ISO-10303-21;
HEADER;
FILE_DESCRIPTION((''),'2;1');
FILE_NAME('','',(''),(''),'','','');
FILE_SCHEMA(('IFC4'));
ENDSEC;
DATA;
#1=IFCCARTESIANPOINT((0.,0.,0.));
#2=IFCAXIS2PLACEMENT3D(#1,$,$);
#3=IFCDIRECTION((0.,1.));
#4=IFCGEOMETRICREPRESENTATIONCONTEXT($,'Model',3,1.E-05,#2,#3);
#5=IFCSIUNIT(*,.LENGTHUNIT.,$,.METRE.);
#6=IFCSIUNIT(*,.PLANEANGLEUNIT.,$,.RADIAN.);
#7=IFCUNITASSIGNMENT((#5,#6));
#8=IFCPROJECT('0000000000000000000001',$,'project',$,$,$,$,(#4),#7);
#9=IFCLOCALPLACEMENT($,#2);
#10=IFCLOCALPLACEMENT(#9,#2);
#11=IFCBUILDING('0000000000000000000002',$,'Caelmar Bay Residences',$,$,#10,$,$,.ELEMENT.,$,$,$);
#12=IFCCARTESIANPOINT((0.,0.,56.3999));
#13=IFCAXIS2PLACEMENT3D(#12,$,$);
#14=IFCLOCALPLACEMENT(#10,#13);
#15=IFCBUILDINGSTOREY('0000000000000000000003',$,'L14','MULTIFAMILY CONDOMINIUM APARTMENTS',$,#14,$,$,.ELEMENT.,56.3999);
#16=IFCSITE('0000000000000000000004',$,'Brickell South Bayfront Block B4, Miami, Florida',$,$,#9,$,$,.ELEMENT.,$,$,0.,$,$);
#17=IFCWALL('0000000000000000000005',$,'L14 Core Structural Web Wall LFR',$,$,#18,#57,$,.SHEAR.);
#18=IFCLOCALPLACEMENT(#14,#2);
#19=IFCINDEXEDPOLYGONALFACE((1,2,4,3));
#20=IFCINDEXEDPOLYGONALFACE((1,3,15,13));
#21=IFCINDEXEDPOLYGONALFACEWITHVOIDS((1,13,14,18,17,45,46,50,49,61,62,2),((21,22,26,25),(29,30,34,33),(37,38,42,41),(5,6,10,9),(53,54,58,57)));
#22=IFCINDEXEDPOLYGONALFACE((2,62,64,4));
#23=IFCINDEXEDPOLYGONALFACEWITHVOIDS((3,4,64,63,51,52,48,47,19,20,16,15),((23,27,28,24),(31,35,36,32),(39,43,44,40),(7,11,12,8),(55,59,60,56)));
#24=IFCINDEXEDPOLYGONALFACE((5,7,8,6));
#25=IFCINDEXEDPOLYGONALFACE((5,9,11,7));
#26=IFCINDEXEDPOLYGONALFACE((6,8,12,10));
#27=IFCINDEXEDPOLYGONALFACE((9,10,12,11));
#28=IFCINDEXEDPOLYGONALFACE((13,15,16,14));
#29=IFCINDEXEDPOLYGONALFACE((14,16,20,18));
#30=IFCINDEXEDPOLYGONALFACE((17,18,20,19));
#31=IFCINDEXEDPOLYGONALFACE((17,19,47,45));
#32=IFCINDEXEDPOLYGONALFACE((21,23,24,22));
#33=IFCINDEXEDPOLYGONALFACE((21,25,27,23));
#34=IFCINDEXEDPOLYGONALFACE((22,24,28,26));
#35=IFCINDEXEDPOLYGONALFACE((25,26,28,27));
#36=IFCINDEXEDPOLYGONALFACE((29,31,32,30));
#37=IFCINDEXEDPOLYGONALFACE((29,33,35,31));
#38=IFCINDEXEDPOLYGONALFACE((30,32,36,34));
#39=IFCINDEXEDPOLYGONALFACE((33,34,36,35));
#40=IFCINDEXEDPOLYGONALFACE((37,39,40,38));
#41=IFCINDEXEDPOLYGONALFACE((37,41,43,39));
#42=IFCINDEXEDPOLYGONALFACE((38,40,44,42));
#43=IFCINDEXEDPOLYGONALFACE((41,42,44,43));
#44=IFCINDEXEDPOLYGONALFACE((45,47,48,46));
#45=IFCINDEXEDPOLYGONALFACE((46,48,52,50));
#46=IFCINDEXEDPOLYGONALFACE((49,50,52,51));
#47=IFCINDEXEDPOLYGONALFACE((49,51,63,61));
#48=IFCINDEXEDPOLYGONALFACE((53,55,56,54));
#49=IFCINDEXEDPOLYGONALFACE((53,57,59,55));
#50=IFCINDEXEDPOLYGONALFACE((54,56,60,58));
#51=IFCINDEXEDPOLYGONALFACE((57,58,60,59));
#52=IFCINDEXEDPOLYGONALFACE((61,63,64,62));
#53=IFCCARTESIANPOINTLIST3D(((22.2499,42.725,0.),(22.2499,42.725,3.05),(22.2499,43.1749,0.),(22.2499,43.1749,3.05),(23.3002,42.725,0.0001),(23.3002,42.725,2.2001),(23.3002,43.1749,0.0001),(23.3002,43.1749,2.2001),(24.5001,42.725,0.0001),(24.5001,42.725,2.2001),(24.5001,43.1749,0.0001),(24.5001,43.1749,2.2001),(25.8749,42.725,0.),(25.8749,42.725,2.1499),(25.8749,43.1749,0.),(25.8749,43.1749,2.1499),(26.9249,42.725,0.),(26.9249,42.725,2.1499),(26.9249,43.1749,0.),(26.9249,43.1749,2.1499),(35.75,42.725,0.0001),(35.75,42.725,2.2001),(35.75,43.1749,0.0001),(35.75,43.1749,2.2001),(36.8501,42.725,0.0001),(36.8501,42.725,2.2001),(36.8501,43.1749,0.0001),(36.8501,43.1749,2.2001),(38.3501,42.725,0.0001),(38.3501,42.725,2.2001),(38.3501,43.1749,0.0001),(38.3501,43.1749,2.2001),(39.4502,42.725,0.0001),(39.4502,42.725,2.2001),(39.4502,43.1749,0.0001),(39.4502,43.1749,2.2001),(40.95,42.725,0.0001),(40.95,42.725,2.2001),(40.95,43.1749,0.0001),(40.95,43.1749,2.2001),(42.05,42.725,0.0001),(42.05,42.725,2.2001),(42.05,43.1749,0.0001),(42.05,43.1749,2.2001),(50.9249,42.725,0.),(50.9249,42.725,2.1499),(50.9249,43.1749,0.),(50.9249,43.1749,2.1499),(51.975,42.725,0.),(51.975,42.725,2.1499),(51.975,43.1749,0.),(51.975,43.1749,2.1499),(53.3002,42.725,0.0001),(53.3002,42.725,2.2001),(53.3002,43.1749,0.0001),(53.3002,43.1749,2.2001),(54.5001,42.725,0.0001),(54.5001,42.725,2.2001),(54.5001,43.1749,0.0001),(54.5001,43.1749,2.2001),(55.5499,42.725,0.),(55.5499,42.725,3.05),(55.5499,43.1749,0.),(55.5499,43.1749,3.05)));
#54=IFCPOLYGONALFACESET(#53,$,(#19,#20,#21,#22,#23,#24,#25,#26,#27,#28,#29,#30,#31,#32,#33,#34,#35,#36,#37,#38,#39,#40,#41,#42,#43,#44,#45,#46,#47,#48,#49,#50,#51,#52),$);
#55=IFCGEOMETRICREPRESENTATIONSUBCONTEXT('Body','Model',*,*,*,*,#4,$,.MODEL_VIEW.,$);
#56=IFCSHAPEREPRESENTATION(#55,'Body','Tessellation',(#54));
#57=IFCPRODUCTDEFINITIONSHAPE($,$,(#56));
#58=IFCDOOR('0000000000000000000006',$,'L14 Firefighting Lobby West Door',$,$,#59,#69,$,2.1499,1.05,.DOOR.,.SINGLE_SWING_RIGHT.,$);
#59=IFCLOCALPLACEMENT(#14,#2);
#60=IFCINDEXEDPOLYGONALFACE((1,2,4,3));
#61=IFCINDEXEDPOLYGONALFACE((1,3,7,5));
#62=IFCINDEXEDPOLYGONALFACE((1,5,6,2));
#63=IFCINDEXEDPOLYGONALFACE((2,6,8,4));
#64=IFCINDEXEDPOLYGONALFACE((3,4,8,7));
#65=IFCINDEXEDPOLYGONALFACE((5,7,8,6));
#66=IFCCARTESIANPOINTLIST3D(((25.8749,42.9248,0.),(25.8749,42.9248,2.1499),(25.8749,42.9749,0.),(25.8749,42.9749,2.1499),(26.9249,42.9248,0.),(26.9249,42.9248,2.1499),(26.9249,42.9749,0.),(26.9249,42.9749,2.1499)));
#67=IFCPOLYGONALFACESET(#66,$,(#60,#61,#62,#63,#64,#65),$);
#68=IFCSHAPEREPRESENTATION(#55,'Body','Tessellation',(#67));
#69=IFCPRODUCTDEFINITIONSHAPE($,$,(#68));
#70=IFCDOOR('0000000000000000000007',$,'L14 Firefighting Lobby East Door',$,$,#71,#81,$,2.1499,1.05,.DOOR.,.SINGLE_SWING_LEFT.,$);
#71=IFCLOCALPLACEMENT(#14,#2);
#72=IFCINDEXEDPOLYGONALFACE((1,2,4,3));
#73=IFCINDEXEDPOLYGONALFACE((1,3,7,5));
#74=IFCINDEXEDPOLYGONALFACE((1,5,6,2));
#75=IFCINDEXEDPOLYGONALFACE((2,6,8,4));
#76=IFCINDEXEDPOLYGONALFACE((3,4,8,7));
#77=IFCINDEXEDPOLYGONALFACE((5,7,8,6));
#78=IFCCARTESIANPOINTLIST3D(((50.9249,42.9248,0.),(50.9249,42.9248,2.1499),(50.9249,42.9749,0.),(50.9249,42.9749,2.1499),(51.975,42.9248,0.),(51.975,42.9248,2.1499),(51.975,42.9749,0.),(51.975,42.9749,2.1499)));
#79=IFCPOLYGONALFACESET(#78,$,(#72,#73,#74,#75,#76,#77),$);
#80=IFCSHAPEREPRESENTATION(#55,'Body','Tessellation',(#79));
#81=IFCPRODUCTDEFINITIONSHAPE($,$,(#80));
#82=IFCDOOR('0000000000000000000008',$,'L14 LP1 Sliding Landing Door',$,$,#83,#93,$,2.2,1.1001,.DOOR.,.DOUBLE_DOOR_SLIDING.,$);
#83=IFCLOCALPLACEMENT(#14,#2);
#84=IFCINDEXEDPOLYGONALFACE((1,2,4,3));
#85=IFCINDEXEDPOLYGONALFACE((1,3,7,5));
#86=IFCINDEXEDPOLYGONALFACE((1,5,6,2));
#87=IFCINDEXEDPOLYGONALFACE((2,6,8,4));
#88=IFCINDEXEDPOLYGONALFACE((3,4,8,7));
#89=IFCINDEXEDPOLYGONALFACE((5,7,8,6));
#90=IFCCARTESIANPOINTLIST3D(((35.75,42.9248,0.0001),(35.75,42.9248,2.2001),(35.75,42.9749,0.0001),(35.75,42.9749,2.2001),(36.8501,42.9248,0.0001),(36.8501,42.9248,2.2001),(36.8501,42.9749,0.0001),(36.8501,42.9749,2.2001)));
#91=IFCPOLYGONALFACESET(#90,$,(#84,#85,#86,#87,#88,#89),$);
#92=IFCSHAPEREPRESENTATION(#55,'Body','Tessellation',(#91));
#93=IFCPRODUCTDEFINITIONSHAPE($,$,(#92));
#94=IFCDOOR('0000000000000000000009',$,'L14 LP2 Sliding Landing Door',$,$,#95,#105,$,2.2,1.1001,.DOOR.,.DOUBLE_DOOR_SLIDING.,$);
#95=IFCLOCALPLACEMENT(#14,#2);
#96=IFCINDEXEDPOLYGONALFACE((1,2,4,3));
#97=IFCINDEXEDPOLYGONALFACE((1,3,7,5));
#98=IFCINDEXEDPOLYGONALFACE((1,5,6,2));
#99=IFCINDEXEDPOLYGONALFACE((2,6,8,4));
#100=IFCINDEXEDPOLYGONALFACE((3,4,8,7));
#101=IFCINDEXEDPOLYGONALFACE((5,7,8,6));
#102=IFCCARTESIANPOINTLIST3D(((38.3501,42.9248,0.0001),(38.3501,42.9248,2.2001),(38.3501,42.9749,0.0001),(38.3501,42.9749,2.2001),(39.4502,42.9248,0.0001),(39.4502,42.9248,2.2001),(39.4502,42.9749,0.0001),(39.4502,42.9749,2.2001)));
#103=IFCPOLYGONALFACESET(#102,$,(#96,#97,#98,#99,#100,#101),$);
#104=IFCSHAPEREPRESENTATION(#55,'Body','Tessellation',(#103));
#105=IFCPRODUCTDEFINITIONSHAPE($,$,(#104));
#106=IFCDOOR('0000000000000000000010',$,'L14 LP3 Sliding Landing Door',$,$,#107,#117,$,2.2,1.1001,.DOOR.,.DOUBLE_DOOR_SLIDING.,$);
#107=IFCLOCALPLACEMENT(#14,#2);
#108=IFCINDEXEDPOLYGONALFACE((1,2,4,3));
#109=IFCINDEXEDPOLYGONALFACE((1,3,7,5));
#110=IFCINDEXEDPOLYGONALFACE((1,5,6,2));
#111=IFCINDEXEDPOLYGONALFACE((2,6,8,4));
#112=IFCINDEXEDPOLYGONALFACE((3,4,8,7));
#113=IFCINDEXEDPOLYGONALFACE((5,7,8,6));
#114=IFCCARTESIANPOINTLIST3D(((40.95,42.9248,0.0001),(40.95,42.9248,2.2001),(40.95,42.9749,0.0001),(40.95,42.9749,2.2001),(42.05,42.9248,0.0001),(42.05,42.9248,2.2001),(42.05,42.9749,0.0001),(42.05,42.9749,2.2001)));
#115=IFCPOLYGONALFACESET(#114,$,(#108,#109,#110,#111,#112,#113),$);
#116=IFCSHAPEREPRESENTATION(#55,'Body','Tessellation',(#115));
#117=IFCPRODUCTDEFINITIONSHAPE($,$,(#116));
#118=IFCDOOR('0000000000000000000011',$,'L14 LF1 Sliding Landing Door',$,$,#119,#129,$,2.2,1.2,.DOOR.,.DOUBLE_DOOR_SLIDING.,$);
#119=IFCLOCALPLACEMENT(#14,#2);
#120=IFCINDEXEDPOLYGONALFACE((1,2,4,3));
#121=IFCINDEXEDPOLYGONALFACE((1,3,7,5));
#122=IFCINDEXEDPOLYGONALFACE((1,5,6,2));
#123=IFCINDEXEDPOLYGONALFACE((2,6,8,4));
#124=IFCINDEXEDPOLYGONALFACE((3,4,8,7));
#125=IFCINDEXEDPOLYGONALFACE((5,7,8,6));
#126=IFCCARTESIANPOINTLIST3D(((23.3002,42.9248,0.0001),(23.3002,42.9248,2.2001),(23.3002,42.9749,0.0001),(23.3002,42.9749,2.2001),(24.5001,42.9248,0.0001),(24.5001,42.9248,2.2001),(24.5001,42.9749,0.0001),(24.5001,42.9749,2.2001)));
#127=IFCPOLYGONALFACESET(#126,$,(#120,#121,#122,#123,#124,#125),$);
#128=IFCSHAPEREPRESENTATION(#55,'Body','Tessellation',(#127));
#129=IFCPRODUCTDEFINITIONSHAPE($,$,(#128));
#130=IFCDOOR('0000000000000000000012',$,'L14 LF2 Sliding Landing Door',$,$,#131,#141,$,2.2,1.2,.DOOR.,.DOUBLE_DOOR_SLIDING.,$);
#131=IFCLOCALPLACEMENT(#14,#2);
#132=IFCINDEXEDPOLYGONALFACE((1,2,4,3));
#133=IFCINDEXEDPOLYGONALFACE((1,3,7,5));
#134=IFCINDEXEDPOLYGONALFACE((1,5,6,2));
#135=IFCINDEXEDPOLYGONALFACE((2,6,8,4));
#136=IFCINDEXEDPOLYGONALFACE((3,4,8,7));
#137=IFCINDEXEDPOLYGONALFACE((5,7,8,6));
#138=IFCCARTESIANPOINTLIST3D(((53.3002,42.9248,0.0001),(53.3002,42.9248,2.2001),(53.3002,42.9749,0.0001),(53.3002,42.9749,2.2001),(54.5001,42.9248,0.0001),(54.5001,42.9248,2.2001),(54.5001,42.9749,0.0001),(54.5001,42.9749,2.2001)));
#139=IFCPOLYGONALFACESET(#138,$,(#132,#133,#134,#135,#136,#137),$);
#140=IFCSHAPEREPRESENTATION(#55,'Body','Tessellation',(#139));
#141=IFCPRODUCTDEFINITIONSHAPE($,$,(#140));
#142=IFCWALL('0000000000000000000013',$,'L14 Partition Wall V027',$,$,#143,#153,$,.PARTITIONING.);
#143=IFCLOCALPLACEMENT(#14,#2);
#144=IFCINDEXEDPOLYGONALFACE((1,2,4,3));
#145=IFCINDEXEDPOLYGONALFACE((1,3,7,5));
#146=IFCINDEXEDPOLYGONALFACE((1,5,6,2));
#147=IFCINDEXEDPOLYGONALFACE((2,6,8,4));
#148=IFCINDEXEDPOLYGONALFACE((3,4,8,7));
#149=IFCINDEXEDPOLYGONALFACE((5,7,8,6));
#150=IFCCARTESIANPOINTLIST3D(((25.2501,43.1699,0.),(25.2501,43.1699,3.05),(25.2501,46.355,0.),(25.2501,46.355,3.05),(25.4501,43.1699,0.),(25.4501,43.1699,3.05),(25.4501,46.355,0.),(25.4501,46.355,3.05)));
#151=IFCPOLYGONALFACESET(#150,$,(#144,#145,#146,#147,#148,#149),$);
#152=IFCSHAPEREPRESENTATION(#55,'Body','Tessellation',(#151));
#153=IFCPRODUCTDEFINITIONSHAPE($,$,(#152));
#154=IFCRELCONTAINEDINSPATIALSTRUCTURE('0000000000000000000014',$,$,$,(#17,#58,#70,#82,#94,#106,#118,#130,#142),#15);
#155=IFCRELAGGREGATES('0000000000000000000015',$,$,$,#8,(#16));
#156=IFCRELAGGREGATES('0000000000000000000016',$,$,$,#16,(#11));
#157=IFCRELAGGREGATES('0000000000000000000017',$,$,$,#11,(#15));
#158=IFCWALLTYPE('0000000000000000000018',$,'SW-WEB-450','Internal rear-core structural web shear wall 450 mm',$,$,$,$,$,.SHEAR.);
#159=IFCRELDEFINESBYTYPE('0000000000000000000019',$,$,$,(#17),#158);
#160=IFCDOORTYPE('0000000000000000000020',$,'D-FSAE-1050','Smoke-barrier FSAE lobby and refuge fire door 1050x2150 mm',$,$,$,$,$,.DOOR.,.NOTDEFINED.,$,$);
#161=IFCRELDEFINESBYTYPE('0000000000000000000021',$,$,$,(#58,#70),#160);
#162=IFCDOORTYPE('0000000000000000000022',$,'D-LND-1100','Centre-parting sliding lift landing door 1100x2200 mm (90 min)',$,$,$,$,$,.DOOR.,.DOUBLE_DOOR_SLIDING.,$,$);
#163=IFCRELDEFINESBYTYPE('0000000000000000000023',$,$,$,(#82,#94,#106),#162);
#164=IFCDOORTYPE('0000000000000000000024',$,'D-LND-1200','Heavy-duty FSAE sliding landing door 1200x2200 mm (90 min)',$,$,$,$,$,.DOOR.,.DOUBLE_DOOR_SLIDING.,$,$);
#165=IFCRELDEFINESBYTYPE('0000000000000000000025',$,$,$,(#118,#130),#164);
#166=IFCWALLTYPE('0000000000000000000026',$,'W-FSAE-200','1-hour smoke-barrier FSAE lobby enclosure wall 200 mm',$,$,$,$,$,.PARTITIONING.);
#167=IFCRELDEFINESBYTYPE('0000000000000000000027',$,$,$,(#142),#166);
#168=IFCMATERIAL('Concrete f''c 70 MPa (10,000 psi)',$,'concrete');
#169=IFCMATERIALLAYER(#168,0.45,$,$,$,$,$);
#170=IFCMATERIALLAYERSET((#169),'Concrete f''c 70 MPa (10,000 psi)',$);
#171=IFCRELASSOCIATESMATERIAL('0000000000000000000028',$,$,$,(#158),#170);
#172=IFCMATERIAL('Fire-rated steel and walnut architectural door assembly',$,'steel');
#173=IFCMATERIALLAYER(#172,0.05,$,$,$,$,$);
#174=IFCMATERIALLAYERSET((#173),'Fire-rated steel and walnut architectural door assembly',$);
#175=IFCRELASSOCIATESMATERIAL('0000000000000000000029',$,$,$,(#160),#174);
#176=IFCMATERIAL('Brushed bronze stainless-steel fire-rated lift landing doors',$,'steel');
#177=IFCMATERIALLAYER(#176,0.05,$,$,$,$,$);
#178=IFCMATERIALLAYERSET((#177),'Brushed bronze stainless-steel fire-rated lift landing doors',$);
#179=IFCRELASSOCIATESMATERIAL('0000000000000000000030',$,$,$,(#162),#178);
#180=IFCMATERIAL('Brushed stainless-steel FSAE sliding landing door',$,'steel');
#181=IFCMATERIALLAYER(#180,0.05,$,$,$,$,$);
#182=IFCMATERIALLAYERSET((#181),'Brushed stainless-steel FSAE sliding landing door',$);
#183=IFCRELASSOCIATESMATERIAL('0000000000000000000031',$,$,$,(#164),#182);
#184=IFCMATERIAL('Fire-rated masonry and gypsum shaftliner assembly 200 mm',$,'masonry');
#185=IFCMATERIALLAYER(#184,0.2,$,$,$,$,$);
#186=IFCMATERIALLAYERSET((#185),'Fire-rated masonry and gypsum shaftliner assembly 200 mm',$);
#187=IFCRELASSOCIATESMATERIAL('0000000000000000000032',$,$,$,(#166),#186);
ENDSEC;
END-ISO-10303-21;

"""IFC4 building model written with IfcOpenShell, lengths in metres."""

from ifc_helpers import new_model, si_unit, direction, frame, frame_2d, origin, place, context, subcontext, project, spatial, rectangle, extrude, material, layer, layer_set, type_object, element, fill, save


model = new_model("IFC4")

# Units and contexts
model_context = context("Model", 3, precision=1e-05, world=origin(), true_north=direction((0.0, 1.0)))
body_context = subcontext(model_context, "Body", "Model", "MODEL_VIEW")
ifc_project = project(units=[si_unit("LENGTHUNIT", "METRE"), si_unit("PLANEANGLEUNIT", "RADIAN")], contexts=[model_context])

# Site, building, storey
site_placement = place(None, origin())
site = spatial("IfcSite", under=ifc_project, at=site_placement, Name="Brickell South Bayfront Block B4, Miami, Florida", CompositionType="ELEMENT", RefElevation=0.0)
building_placement = place(site_placement, origin())
building = spatial("IfcBuilding", under=site, at=building_placement, Name="Caelmar Bay Residences", CompositionType="ELEMENT")
storey_placement = place(building_placement, frame((0.0, 0.0, 56.3999)))
storey = spatial("IfcBuildingStorey", under=building, at=storey_placement, Name="L14", Description="MULTIFAMILY CONDOMINIUM APARTMENTS", CompositionType="ELEMENT", Elevation=56.3999)

# Shared definitions
ifc_material_1 = material(Name="Concrete f'c 70 MPa (10,000 psi)", Category="concrete")
ifc_layer_1 = layer(ifc_material_1, 0.45)
ifc_layer_set_1 = layer_set([ifc_layer_1], Name="Concrete f'c 70 MPa (10,000 psi)")
wall_type_1 = type_object("IfcWallType", Name="SW-WEB-450", Description="Internal rear-core structural web shear wall 450 mm", PredefinedType="SHEAR", material=ifc_layer_set_1)

# Wall, openings, doors
wall_1_placement = place(storey_placement, frame((22.25, 42.95, 0.0), z_axis=(0.0, 0.0, 1.0), x_axis=(1.0, 0.0, 0.0)))
wall_1 = element("IfcWall", 1, at=wall_1_placement, inside=storey, type_object=wall_type_1, Name="L14 Core Structural Web Wall LFR", PredefinedType="SHEAR", context=body_context, shape_type="SweptSolid", body=[
    extrude(rectangle(XDim=33.3, YDim=0.45, at=frame_2d((16.6499, 0.0))), origin(), (0.0, 0.0, 1.0), 3.05),
])
opening_1_placement = place(wall_1_placement, frame((1.05, 0.0, 0.0)))
opening_1 = element("IfcOpeningElement", 2, at=opening_1_placement, cuts=wall_1, PredefinedType="OPENING", context=body_context, shape_type="SweptSolid", body=[
    extrude(rectangle(XDim=1.2, YDim=2.2, at=frame_2d((0.6001, 1.1001))), frame((0.0, 0.2349, 0.0), z_axis=(0.0, -1.0, 0.0), x_axis=(1.0, 0.0, 0.0)), (0.0, 0.0, 1.0), 0.47),
])
opening_2_placement = place(wall_1_placement, frame((31.05, 0.0, 0.0)))
opening_2 = element("IfcOpeningElement", 3, at=opening_2_placement, cuts=wall_1, PredefinedType="OPENING", context=body_context, shape_type="SweptSolid", body=[
    extrude(rectangle(XDim=1.2, YDim=2.2, at=frame_2d((0.6001, 1.1001))), frame((0.0, 0.2349, 0.0), z_axis=(0.0, -1.0, 0.0), x_axis=(1.0, 0.0, 0.0)), (0.0, 0.0, 1.0), 0.47),
])
opening_3_placement = place(wall_1_placement, frame((13.5, 0.0, 0.0)))
opening_3 = element("IfcOpeningElement", 4, at=opening_3_placement, cuts=wall_1, PredefinedType="OPENING", context=body_context, shape_type="SweptSolid", body=[
    extrude(rectangle(XDim=1.1001, YDim=2.2, at=frame_2d((0.55, 1.1001))), frame((0.0, 0.2349, 0.0), z_axis=(0.0, -1.0, 0.0), x_axis=(1.0, 0.0, 0.0)), (0.0, 0.0, 1.0), 0.47),
])
opening_4_placement = place(wall_1_placement, frame((16.1001, 0.0, 0.0)))
opening_4 = element("IfcOpeningElement", 5, at=opening_4_placement, cuts=wall_1, PredefinedType="OPENING", context=body_context, shape_type="SweptSolid", body=[
    extrude(rectangle(XDim=1.1001, YDim=2.2, at=frame_2d((0.55, 1.1001))), frame((0.0, 0.2349, 0.0), z_axis=(0.0, -1.0, 0.0), x_axis=(1.0, 0.0, 0.0)), (0.0, 0.0, 1.0), 0.47),
])
opening_5_placement = place(wall_1_placement, frame((18.7, 0.0, 0.0)))
opening_5 = element("IfcOpeningElement", 6, at=opening_5_placement, cuts=wall_1, PredefinedType="OPENING", context=body_context, shape_type="SweptSolid", body=[
    extrude(rectangle(XDim=1.1001, YDim=2.2, at=frame_2d((0.55, 1.1001))), frame((0.0, 0.2349, 0.0), z_axis=(0.0, -1.0, 0.0), x_axis=(1.0, 0.0, 0.0)), (0.0, 0.0, 1.0), 0.47),
])
opening_6_placement = place(wall_1_placement, frame((3.625, 0.0, 0.0)))
opening_6 = element("IfcOpeningElement", 7, at=opening_6_placement, cuts=wall_1, PredefinedType="OPENING", context=body_context, shape_type="SweptSolid", body=[
    extrude(rectangle(XDim=1.05, YDim=2.1499, at=frame_2d((0.5249, 1.075))), frame((0.0, 0.2349, 0.0), z_axis=(0.0, -1.0, 0.0), x_axis=(1.0, 0.0, 0.0)), (0.0, 0.0, 1.0), 0.47),
])
opening_7_placement = place(wall_1_placement, frame((28.675, 0.0, 0.0)))
opening_7 = element("IfcOpeningElement", 8, at=opening_7_placement, cuts=wall_1, PredefinedType="OPENING", context=body_context, shape_type="SweptSolid", body=[
    extrude(rectangle(XDim=1.05, YDim=2.1499, at=frame_2d((0.5249, 1.075))), frame((0.0, 0.2349, 0.0), z_axis=(0.0, -1.0, 0.0), x_axis=(1.0, 0.0, 0.0)), (0.0, 0.0, 1.0), 0.47),
])
ifc_material_2 = material(Name="Fire-rated steel and walnut architectural door assembly", Category="steel")
ifc_layer_2 = layer(ifc_material_2, 0.05)
ifc_layer_set_2 = layer_set([ifc_layer_2], Name="Fire-rated steel and walnut architectural door assembly")
door_type_1 = type_object("IfcDoorType", Name="D-FSAE-1050", Description="Smoke-barrier FSAE lobby and refuge fire door 1050x2150 mm", OperationType="NOTDEFINED", PredefinedType="DOOR", material=ifc_layer_set_2)
door_1_placement = place(opening_6_placement, origin())
door_1 = element("IfcDoor", 9, at=door_1_placement, inside=storey, type_object=door_type_1, Name="L14 Firefighting Lobby West Door", OperationType="SINGLE_SWING_RIGHT", OverallHeight=2.1499, OverallWidth=1.05, PredefinedType="DOOR", context=body_context, shape_type="SweptSolid", body=[
    extrude(rectangle(XDim=1.05, YDim=2.1499, at=frame_2d((0.5249, 1.075))), frame((0.0, 0.0249, 0.0), z_axis=(0.0, -1.0, 0.0), x_axis=(1.0, 0.0, 0.0)), (0.0, 0.0, 1.0), 0.05),
])
fill(opening_6, door_1)
door_2_placement = place(opening_7_placement, origin())
door_2 = element("IfcDoor", 10, at=door_2_placement, inside=storey, type_object=door_type_1, Name="L14 Firefighting Lobby East Door", OperationType="SINGLE_SWING_LEFT", OverallHeight=2.1499, OverallWidth=1.05, PredefinedType="DOOR", context=body_context, shape_type="SweptSolid", body=[
    extrude(rectangle(XDim=1.05, YDim=2.1499, at=frame_2d((0.5249, 1.075))), frame((0.0, 0.0249, 0.0), z_axis=(0.0, -1.0, 0.0), x_axis=(1.0, 0.0, 0.0)), (0.0, 0.0, 1.0), 0.05),
])
fill(opening_7, door_2)
ifc_material_3 = material(Name="Brushed bronze stainless-steel fire-rated lift landing doors", Category="steel")
ifc_layer_3 = layer(ifc_material_3, 0.05)
ifc_layer_set_3 = layer_set([ifc_layer_3], Name="Brushed bronze stainless-steel fire-rated lift landing doors")
door_type_2 = type_object("IfcDoorType", Name="D-LND-1100", Description="Centre-parting sliding lift landing door 1100x2200 mm (90 min)", OperationType="DOUBLE_DOOR_SLIDING", PredefinedType="DOOR", material=ifc_layer_set_3)
door_3_placement = place(opening_3_placement, origin())
door_3 = element("IfcDoor", 11, at=door_3_placement, inside=storey, type_object=door_type_2, Name="L14 LP1 Sliding Landing Door", OperationType="DOUBLE_DOOR_SLIDING", OverallHeight=2.2, OverallWidth=1.1001, PredefinedType="DOOR", context=body_context, shape_type="SweptSolid", body=[
    extrude(rectangle(XDim=1.1001, YDim=2.2, at=frame_2d((0.55, 1.1001))), frame((0.0, 0.0249, 0.0), z_axis=(0.0, -1.0, 0.0), x_axis=(1.0, 0.0, 0.0)), (0.0, 0.0, 1.0), 0.05),
])
fill(opening_3, door_3)
door_4_placement = place(opening_4_placement, origin())
door_4 = element("IfcDoor", 12, at=door_4_placement, inside=storey, type_object=door_type_2, Name="L14 LP2 Sliding Landing Door", OperationType="DOUBLE_DOOR_SLIDING", OverallHeight=2.2, OverallWidth=1.1001, PredefinedType="DOOR", context=body_context, shape_type="SweptSolid", body=[
    extrude(rectangle(XDim=1.1001, YDim=2.2, at=frame_2d((0.55, 1.1001))), frame((0.0, 0.0249, 0.0), z_axis=(0.0, -1.0, 0.0), x_axis=(1.0, 0.0, 0.0)), (0.0, 0.0, 1.0), 0.05),
])
fill(opening_4, door_4)
door_5_placement = place(opening_5_placement, origin())
door_5 = element("IfcDoor", 13, at=door_5_placement, inside=storey, type_object=door_type_2, Name="L14 LP3 Sliding Landing Door", OperationType="DOUBLE_DOOR_SLIDING", OverallHeight=2.2, OverallWidth=1.1001, PredefinedType="DOOR", context=body_context, shape_type="SweptSolid", body=[
    extrude(rectangle(XDim=1.1001, YDim=2.2, at=frame_2d((0.55, 1.1001))), frame((0.0, 0.0249, 0.0), z_axis=(0.0, -1.0, 0.0), x_axis=(1.0, 0.0, 0.0)), (0.0, 0.0, 1.0), 0.05),
])
fill(opening_5, door_5)
ifc_material_4 = material(Name="Brushed stainless-steel FSAE sliding landing door", Category="steel")
ifc_layer_4 = layer(ifc_material_4, 0.05)
ifc_layer_set_4 = layer_set([ifc_layer_4], Name="Brushed stainless-steel FSAE sliding landing door")
door_type_3 = type_object("IfcDoorType", Name="D-LND-1200", Description="Heavy-duty FSAE sliding landing door 1200x2200 mm (90 min)", OperationType="DOUBLE_DOOR_SLIDING", PredefinedType="DOOR", material=ifc_layer_set_4)
door_6_placement = place(opening_1_placement, origin())
door_6 = element("IfcDoor", 14, at=door_6_placement, inside=storey, type_object=door_type_3, Name="L14 LF1 Sliding Landing Door", OperationType="DOUBLE_DOOR_SLIDING", OverallHeight=2.2, OverallWidth=1.2, PredefinedType="DOOR", context=body_context, shape_type="SweptSolid", body=[
    extrude(rectangle(XDim=1.2, YDim=2.2, at=frame_2d((0.6001, 1.1001))), frame((0.0, 0.0249, 0.0), z_axis=(0.0, -1.0, 0.0), x_axis=(1.0, 0.0, 0.0)), (0.0, 0.0, 1.0), 0.05),
])
fill(opening_1, door_6)
door_7_placement = place(opening_2_placement, origin())
door_7 = element("IfcDoor", 15, at=door_7_placement, inside=storey, type_object=door_type_3, Name="L14 LF2 Sliding Landing Door", OperationType="DOUBLE_DOOR_SLIDING", OverallHeight=2.2, OverallWidth=1.2, PredefinedType="DOOR", context=body_context, shape_type="SweptSolid", body=[
    extrude(rectangle(XDim=1.2, YDim=2.2, at=frame_2d((0.6001, 1.1001))), frame((0.0, 0.0249, 0.0), z_axis=(0.0, -1.0, 0.0), x_axis=(1.0, 0.0, 0.0)), (0.0, 0.0, 1.0), 0.05),
])
fill(opening_2, door_7)

# Wall
ifc_material_5 = material(Name="Fire-rated masonry and gypsum shaftliner assembly 200 mm", Category="masonry")
ifc_layer_5 = layer(ifc_material_5, 0.2)
ifc_layer_set_5 = layer_set([ifc_layer_5], Name="Fire-rated masonry and gypsum shaftliner assembly 200 mm")
wall_type_2 = type_object("IfcWallType", Name="W-FSAE-200", Description="1-hour smoke-barrier FSAE lobby enclosure wall 200 mm", PredefinedType="PARTITIONING", material=ifc_layer_set_5)
wall_2_placement = place(storey_placement, frame((25.3501, 43.1699, 0.0), z_axis=(0.0, 0.0, 1.0), x_axis=(0.0, 1.0, 0.0)))
element("IfcWall", 16, at=wall_2_placement, inside=storey, type_object=wall_type_2, Name="L14 Partition Wall V027", PredefinedType="PARTITIONING", context=body_context, shape_type="SweptSolid", body=[
    extrude(rectangle(XDim=3.1851, YDim=0.2, at=frame_2d((1.5925, 0.0))), origin(), (0.0, 0.0, 1.0), 3.05),
])

save(model, "model.ifc")
